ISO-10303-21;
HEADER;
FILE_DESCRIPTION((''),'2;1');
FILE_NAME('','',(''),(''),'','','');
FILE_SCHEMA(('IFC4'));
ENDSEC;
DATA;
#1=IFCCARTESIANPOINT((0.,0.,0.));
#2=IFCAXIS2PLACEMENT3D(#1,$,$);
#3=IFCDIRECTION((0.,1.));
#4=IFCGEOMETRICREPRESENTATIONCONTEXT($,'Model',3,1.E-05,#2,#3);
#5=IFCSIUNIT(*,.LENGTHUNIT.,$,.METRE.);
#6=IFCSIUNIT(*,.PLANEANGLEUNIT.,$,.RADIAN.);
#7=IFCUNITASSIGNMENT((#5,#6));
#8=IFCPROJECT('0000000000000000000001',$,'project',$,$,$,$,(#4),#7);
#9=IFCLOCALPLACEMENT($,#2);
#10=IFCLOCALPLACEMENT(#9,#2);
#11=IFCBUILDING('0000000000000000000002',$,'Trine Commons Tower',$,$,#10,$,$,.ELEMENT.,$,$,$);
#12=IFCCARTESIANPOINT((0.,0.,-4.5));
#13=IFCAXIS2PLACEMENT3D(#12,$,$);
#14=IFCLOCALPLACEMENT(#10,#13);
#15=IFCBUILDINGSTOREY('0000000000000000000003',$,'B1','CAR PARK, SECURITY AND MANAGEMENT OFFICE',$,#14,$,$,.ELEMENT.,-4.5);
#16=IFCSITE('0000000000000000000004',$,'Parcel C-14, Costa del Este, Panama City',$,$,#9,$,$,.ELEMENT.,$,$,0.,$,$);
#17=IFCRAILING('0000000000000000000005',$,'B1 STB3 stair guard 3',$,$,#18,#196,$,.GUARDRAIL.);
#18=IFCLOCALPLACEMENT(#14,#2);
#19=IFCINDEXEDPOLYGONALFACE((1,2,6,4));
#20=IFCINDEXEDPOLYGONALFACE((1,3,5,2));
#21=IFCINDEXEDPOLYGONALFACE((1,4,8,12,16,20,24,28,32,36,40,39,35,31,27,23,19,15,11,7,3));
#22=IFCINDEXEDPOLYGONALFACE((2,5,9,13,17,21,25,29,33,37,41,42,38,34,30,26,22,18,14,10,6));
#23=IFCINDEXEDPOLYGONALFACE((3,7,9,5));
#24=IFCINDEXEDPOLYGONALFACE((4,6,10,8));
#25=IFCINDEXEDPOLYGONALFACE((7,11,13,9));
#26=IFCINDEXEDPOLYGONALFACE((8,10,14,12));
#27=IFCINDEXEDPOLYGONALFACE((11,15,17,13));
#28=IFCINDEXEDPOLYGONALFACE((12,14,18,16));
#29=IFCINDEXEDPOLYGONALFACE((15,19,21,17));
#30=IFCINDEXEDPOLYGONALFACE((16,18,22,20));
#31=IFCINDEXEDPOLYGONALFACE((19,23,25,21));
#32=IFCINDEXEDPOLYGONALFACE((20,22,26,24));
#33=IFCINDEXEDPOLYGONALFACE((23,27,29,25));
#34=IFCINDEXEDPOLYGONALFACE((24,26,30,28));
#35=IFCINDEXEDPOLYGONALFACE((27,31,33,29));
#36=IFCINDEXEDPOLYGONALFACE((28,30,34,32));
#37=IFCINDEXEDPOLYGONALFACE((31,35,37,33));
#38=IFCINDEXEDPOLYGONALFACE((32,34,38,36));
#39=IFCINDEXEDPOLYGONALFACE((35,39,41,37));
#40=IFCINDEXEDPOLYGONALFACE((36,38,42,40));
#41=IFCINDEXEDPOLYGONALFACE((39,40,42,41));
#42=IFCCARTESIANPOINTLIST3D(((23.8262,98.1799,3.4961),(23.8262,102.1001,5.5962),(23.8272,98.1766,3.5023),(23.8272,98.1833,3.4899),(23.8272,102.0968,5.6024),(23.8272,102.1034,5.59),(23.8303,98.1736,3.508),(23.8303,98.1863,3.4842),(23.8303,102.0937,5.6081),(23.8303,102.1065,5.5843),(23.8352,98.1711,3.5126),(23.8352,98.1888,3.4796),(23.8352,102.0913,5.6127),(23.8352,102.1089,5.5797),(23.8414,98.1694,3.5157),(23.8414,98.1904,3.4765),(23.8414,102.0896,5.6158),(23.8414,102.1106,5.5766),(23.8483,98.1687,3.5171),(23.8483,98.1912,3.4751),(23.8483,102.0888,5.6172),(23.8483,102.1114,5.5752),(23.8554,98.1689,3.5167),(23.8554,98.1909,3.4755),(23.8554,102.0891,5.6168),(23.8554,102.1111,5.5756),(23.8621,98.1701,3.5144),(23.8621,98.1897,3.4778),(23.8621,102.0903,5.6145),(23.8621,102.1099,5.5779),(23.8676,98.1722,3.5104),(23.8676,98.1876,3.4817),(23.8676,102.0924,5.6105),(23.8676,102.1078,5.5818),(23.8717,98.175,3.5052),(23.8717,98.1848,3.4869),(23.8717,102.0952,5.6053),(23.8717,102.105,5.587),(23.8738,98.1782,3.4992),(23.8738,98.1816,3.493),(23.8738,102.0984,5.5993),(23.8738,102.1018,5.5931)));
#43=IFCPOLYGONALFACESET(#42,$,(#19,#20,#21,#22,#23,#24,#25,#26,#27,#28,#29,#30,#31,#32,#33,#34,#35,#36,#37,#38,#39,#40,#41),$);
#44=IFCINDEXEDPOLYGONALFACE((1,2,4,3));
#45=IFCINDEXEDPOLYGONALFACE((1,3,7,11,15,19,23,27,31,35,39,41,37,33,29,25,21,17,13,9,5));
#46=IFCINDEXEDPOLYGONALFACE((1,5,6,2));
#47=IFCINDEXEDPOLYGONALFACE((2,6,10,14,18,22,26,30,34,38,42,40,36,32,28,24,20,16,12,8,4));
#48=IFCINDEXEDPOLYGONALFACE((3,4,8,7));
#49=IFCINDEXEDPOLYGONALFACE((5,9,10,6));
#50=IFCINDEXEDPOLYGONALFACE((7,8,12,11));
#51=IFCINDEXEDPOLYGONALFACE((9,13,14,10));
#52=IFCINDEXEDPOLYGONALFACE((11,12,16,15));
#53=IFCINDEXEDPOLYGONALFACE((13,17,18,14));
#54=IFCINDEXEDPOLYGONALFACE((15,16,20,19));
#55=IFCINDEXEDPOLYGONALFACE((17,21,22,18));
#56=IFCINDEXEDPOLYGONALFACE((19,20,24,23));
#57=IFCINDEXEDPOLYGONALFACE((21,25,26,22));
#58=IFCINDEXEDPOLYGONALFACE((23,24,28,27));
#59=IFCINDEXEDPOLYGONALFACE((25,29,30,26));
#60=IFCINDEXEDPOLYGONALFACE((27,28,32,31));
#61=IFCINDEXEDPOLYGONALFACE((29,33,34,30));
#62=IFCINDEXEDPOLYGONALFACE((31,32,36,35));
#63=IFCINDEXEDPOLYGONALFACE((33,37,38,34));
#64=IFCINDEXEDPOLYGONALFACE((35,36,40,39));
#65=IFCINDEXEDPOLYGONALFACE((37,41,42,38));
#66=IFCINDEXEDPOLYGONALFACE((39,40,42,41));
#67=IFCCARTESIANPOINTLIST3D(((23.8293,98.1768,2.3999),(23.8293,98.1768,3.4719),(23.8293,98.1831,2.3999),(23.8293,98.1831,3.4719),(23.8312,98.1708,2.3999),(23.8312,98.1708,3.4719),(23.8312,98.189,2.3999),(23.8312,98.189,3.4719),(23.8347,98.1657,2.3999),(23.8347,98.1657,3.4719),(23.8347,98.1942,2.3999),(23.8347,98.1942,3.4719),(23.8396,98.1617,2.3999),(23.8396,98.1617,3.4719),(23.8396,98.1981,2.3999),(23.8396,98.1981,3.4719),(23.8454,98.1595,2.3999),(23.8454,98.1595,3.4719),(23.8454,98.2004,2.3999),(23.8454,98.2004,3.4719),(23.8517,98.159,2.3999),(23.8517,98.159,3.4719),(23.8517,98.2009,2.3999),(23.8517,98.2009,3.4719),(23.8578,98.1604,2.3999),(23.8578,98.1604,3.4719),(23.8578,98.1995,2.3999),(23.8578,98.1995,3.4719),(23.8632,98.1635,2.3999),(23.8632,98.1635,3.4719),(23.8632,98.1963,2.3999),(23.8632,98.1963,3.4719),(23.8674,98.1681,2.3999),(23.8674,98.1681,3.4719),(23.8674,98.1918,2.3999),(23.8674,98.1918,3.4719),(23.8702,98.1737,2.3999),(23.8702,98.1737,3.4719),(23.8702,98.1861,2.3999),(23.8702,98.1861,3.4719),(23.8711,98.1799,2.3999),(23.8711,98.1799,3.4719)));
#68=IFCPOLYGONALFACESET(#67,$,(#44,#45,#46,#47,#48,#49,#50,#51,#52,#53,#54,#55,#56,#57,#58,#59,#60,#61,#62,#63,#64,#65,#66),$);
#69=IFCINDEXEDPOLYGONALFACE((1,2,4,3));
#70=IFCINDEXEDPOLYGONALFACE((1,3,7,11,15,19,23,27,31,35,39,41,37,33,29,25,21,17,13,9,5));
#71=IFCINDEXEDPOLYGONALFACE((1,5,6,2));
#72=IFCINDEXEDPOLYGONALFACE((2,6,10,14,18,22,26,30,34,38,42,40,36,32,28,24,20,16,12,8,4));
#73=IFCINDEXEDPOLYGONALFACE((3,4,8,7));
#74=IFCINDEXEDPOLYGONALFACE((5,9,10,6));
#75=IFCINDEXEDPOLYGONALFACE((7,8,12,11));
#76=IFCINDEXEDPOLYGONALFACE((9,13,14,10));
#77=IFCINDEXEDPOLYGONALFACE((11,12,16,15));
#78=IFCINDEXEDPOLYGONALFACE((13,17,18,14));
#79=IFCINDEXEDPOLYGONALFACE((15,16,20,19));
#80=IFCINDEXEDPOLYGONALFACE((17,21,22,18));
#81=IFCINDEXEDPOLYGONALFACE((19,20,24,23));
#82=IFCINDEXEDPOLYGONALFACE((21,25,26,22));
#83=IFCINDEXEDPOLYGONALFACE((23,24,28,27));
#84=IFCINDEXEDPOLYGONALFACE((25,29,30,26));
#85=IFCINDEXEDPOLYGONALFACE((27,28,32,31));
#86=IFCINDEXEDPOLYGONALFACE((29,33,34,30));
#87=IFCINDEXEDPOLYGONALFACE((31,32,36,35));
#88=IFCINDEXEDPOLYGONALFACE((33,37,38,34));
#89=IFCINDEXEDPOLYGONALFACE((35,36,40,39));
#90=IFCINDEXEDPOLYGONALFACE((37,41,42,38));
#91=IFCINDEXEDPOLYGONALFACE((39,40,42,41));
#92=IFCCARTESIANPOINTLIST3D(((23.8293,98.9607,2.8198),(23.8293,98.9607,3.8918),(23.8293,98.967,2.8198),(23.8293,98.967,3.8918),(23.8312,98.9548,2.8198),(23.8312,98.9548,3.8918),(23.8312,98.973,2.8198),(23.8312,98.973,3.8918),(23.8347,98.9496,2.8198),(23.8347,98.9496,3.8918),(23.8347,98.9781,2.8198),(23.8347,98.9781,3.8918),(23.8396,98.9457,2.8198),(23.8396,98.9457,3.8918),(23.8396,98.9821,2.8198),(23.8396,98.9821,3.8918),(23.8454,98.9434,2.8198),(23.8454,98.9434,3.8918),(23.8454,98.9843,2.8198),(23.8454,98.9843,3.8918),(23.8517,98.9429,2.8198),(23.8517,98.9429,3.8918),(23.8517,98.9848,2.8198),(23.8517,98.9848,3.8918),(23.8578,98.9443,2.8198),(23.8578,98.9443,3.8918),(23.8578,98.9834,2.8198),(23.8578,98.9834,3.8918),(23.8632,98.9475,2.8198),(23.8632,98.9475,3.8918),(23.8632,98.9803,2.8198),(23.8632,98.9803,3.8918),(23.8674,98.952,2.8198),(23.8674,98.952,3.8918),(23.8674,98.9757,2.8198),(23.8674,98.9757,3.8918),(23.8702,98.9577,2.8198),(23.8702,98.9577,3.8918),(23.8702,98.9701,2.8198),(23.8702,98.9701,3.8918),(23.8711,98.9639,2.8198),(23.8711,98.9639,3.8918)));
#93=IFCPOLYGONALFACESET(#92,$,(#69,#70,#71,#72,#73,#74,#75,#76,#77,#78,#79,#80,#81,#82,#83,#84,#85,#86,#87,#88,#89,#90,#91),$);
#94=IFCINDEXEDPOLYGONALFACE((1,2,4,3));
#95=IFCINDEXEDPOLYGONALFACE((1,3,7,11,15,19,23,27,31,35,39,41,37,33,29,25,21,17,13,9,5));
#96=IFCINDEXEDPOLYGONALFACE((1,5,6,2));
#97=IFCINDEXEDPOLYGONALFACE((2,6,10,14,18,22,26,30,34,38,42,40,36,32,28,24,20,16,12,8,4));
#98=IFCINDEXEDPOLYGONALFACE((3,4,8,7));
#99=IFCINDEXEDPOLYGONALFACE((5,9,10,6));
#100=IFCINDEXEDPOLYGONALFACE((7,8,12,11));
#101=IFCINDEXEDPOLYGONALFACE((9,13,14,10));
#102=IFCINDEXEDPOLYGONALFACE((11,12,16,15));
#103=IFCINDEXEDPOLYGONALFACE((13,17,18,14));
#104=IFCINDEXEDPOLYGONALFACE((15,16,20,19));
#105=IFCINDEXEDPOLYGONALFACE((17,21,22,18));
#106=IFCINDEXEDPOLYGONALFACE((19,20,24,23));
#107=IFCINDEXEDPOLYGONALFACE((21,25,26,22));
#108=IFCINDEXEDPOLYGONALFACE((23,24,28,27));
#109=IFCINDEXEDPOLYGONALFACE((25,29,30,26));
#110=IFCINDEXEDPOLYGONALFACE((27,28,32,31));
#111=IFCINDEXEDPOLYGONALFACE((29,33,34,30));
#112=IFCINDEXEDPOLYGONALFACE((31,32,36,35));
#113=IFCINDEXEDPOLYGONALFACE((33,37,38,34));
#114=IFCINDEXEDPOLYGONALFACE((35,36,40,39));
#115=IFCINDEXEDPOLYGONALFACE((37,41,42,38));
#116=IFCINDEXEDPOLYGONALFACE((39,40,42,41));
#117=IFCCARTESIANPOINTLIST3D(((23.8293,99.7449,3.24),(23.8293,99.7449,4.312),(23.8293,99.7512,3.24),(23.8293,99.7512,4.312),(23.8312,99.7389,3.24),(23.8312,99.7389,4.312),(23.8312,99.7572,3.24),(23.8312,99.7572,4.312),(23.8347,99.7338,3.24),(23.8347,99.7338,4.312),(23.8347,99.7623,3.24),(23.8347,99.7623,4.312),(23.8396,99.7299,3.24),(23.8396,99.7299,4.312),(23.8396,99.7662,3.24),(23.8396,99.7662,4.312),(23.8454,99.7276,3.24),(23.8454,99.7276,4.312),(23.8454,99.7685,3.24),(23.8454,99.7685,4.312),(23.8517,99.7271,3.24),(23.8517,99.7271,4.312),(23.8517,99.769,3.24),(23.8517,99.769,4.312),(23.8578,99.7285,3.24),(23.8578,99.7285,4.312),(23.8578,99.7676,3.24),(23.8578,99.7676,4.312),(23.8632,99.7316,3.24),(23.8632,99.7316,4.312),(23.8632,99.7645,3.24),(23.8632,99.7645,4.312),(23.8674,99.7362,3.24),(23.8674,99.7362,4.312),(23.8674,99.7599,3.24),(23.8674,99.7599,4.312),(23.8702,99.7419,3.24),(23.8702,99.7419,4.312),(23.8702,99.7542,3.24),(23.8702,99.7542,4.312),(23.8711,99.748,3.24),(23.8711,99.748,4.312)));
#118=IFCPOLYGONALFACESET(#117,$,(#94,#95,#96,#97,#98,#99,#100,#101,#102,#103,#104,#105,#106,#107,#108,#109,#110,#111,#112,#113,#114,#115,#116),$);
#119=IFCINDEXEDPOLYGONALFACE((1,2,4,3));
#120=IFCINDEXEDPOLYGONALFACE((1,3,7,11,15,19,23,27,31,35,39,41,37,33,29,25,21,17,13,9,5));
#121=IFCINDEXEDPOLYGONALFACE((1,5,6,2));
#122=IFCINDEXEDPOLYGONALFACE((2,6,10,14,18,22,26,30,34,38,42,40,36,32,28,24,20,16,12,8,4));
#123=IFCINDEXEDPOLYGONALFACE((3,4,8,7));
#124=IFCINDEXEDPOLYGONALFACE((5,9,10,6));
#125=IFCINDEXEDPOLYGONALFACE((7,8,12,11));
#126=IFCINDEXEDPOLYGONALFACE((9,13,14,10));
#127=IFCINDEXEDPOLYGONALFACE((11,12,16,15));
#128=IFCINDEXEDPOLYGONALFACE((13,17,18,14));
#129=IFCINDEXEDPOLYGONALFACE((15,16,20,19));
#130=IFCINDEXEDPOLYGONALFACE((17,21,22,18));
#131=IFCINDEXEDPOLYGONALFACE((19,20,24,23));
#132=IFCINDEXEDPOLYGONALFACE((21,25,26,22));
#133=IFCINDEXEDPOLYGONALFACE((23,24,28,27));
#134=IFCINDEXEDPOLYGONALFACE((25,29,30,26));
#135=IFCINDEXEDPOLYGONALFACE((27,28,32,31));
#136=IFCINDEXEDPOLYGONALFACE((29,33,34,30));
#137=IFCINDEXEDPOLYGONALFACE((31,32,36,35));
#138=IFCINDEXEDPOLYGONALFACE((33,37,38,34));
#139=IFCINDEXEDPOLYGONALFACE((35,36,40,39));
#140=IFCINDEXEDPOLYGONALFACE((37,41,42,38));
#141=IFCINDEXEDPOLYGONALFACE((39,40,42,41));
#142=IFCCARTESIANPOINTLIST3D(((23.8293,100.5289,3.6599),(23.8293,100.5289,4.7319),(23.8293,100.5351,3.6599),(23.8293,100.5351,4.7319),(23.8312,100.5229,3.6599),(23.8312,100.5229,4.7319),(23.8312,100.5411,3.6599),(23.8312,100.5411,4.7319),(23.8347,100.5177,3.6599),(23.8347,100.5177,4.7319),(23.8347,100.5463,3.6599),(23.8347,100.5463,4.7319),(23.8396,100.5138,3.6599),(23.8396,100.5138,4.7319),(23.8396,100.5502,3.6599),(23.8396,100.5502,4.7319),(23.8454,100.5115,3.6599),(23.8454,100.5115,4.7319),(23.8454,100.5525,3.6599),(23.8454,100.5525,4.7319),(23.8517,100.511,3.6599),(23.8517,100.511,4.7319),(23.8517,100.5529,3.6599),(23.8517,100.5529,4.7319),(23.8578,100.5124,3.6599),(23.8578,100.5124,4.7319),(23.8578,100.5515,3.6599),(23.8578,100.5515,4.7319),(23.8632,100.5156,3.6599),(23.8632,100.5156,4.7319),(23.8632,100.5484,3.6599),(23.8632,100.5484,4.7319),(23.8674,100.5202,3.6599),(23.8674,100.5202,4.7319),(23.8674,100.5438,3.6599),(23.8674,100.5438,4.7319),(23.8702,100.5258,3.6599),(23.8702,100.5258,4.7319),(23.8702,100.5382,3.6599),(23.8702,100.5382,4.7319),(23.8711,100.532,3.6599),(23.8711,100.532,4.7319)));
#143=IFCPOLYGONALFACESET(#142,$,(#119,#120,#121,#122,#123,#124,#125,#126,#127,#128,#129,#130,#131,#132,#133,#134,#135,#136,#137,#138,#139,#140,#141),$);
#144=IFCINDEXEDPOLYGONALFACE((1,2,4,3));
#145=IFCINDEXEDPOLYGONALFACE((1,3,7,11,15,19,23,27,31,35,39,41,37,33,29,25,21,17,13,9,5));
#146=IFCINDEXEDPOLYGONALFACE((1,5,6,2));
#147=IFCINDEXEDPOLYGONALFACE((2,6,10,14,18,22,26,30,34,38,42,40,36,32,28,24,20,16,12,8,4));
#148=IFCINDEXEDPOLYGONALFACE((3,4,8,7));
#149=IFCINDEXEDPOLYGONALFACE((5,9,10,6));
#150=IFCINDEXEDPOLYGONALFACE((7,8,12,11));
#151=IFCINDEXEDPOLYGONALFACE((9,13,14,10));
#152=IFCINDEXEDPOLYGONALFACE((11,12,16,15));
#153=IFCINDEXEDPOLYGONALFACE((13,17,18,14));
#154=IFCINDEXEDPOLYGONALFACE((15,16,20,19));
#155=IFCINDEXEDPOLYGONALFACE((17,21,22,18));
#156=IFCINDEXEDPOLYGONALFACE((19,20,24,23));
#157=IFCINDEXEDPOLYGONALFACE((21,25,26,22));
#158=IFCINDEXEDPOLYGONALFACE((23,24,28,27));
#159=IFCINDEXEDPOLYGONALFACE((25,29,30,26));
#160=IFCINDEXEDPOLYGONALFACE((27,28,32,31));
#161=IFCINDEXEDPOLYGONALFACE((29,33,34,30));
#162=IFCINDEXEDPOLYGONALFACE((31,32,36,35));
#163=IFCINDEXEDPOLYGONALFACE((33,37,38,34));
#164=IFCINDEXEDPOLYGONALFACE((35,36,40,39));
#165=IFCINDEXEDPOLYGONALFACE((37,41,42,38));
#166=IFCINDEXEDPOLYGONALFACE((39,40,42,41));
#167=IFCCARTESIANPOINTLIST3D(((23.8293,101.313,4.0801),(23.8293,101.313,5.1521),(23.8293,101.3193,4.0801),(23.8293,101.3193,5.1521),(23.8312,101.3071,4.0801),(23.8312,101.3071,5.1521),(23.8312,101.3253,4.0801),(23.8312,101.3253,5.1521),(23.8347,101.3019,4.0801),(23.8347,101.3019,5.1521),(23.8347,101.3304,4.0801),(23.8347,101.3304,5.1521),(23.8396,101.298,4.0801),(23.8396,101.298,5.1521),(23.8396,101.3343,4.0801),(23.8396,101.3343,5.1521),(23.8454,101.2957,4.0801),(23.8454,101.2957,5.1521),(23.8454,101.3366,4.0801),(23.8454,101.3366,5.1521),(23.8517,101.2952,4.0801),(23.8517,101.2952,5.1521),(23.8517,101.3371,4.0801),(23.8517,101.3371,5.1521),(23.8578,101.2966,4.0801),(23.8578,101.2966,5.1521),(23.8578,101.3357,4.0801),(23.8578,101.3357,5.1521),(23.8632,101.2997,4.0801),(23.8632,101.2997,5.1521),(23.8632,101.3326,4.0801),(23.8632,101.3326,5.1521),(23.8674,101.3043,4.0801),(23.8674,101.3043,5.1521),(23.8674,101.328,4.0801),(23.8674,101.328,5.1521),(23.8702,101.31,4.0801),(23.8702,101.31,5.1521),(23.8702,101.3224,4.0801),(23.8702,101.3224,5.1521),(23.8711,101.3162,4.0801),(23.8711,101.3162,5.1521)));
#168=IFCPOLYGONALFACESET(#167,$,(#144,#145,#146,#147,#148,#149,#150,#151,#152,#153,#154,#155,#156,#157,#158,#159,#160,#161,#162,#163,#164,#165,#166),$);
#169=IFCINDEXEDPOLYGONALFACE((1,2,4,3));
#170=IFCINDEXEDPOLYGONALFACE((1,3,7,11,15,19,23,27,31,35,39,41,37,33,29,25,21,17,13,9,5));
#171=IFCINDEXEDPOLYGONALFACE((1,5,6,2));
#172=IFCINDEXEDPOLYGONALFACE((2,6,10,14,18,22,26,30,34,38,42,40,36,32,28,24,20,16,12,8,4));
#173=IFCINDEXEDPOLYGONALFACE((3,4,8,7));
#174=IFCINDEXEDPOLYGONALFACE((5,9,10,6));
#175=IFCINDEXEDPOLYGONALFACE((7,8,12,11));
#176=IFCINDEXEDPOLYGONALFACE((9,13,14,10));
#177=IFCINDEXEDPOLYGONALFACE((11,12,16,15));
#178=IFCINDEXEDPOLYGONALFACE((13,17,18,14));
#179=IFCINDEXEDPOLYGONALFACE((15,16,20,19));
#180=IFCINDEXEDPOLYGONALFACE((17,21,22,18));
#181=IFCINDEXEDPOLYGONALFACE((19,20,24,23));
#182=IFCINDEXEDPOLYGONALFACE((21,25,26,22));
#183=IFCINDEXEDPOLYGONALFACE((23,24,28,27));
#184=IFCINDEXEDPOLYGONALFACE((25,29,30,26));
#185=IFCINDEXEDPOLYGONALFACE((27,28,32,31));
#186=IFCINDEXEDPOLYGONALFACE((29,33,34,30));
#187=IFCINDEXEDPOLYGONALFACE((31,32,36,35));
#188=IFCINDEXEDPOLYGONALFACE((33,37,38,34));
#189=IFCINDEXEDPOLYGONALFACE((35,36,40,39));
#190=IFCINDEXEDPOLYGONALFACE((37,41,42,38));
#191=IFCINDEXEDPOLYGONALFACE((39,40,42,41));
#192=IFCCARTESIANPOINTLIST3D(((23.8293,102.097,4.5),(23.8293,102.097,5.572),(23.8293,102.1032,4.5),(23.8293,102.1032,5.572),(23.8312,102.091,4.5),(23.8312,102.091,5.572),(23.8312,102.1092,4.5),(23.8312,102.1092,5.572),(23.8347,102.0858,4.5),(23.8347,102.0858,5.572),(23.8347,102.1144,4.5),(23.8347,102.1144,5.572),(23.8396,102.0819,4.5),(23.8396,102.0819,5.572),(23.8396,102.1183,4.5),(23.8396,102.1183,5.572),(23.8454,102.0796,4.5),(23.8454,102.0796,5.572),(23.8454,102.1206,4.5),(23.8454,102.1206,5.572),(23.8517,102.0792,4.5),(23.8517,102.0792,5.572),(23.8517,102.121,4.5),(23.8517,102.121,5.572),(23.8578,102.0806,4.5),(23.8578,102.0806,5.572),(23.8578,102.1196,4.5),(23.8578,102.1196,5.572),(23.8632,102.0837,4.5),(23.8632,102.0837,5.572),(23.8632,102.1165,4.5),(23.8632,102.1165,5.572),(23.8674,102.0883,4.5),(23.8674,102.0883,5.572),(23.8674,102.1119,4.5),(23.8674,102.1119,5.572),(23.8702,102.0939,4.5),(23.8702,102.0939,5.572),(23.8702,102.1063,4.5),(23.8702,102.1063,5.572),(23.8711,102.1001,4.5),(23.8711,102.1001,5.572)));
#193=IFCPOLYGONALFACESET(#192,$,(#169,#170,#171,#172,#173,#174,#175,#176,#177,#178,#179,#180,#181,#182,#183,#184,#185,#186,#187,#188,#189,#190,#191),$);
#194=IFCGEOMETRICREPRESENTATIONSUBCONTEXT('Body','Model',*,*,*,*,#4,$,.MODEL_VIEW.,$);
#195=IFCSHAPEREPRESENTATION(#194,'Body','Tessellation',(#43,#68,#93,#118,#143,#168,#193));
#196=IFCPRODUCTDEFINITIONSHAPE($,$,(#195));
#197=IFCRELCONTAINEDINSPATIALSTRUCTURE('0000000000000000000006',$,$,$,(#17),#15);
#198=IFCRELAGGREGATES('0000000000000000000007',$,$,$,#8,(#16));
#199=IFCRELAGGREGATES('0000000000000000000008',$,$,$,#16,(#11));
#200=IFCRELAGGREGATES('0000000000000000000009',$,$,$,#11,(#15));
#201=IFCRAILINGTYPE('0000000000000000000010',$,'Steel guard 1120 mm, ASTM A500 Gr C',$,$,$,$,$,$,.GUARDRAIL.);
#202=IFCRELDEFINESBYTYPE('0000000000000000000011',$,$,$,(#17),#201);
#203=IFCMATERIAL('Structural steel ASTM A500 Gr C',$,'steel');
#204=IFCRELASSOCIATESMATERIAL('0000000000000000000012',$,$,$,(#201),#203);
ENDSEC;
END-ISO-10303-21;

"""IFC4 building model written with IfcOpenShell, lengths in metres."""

from ifc_helpers import new_model, si_unit, direction, frame, origin, origin_2d, place, context, subcontext, project, spatial, circle, extrude, material, type_object, element, save


model = new_model("IFC4")

# Units and contexts
model_context = context("Model", 3, precision=1e-05, world=origin(), true_north=direction((0.0, 1.0)))
body_context = subcontext(model_context, "Body", "Model", "MODEL_VIEW")
ifc_project = project(units=[si_unit("LENGTHUNIT", "METRE"), si_unit("PLANEANGLEUNIT", "RADIAN")], contexts=[model_context])

# Site, building, storey
site_placement = place(None, origin())
site = spatial("IfcSite", under=ifc_project, at=site_placement, Name="Parcel C-14, Costa del Este, Panama City", CompositionType="ELEMENT", RefElevation=0.0)
building_placement = place(site_placement, origin())
building = spatial("IfcBuilding", under=site, at=building_placement, Name="Trine Commons Tower", CompositionType="ELEMENT")
storey_placement = place(building_placement, frame((0.0, 0.0, -4.5)))
storey = spatial("IfcBuildingStorey", under=building, at=storey_placement, Name="B1", Description="CAR PARK, SECURITY AND MANAGEMENT OFFICE", CompositionType="ELEMENT", Elevation=-4.5)

# Railing
ifc_material_1 = material(Name="Structural steel ASTM A500 Gr C", Category="steel")
railing_type_1 = type_object("IfcRailingType", Name="Steel guard 1120 mm, ASTM A500 Gr C", PredefinedType="GUARDRAIL", material=ifc_material_1)
railing_1_placement = place(storey_placement, frame((23.8501, 98.1799, 2.3999)))
element("IfcRailing", 1, at=railing_1_placement, inside=storey, type_object=railing_type_1, Name="B1 STB3 stair guard 3", PredefinedType="GUARDRAIL", context=body_context, shape_type="SweptSolid", body=[
    extrude(circle(Radius=0.0239, at=origin_2d()), frame((0.0, 0.0, 1.0962), z_axis=(0.0, 0.881479, 0.472223), x_axis=(-1.0, 0.0, 0.0)), (0.0, 0.0, 1.0), 4.4473),
    extrude(circle(Radius=0.021, at=origin_2d()), origin(), (0.0, 0.0, 1.0), 1.072),
    extrude(circle(Radius=0.021, at=origin_2d()), frame((0.0, 0.7839, 0.4199)), (0.0, 0.0, 1.0), 1.072),
    extrude(circle(Radius=0.021, at=origin_2d()), frame((0.0, 1.5681, 0.8401)), (0.0, 0.0, 1.0), 1.072),
    extrude(circle(Radius=0.021, at=origin_2d()), frame((0.0, 2.3521, 1.26)), (0.0, 0.0, 1.0), 1.072),
    extrude(circle(Radius=0.021, at=origin_2d()), frame((0.0, 3.1362, 1.6802)), (0.0, 0.0, 1.0), 1.072),
    extrude(circle(Radius=0.021, at=origin_2d()), frame((0.0, 3.9202, 2.1001)), (0.0, 0.0, 1.0), 1.072),
])

save(model, "model.ifc")
